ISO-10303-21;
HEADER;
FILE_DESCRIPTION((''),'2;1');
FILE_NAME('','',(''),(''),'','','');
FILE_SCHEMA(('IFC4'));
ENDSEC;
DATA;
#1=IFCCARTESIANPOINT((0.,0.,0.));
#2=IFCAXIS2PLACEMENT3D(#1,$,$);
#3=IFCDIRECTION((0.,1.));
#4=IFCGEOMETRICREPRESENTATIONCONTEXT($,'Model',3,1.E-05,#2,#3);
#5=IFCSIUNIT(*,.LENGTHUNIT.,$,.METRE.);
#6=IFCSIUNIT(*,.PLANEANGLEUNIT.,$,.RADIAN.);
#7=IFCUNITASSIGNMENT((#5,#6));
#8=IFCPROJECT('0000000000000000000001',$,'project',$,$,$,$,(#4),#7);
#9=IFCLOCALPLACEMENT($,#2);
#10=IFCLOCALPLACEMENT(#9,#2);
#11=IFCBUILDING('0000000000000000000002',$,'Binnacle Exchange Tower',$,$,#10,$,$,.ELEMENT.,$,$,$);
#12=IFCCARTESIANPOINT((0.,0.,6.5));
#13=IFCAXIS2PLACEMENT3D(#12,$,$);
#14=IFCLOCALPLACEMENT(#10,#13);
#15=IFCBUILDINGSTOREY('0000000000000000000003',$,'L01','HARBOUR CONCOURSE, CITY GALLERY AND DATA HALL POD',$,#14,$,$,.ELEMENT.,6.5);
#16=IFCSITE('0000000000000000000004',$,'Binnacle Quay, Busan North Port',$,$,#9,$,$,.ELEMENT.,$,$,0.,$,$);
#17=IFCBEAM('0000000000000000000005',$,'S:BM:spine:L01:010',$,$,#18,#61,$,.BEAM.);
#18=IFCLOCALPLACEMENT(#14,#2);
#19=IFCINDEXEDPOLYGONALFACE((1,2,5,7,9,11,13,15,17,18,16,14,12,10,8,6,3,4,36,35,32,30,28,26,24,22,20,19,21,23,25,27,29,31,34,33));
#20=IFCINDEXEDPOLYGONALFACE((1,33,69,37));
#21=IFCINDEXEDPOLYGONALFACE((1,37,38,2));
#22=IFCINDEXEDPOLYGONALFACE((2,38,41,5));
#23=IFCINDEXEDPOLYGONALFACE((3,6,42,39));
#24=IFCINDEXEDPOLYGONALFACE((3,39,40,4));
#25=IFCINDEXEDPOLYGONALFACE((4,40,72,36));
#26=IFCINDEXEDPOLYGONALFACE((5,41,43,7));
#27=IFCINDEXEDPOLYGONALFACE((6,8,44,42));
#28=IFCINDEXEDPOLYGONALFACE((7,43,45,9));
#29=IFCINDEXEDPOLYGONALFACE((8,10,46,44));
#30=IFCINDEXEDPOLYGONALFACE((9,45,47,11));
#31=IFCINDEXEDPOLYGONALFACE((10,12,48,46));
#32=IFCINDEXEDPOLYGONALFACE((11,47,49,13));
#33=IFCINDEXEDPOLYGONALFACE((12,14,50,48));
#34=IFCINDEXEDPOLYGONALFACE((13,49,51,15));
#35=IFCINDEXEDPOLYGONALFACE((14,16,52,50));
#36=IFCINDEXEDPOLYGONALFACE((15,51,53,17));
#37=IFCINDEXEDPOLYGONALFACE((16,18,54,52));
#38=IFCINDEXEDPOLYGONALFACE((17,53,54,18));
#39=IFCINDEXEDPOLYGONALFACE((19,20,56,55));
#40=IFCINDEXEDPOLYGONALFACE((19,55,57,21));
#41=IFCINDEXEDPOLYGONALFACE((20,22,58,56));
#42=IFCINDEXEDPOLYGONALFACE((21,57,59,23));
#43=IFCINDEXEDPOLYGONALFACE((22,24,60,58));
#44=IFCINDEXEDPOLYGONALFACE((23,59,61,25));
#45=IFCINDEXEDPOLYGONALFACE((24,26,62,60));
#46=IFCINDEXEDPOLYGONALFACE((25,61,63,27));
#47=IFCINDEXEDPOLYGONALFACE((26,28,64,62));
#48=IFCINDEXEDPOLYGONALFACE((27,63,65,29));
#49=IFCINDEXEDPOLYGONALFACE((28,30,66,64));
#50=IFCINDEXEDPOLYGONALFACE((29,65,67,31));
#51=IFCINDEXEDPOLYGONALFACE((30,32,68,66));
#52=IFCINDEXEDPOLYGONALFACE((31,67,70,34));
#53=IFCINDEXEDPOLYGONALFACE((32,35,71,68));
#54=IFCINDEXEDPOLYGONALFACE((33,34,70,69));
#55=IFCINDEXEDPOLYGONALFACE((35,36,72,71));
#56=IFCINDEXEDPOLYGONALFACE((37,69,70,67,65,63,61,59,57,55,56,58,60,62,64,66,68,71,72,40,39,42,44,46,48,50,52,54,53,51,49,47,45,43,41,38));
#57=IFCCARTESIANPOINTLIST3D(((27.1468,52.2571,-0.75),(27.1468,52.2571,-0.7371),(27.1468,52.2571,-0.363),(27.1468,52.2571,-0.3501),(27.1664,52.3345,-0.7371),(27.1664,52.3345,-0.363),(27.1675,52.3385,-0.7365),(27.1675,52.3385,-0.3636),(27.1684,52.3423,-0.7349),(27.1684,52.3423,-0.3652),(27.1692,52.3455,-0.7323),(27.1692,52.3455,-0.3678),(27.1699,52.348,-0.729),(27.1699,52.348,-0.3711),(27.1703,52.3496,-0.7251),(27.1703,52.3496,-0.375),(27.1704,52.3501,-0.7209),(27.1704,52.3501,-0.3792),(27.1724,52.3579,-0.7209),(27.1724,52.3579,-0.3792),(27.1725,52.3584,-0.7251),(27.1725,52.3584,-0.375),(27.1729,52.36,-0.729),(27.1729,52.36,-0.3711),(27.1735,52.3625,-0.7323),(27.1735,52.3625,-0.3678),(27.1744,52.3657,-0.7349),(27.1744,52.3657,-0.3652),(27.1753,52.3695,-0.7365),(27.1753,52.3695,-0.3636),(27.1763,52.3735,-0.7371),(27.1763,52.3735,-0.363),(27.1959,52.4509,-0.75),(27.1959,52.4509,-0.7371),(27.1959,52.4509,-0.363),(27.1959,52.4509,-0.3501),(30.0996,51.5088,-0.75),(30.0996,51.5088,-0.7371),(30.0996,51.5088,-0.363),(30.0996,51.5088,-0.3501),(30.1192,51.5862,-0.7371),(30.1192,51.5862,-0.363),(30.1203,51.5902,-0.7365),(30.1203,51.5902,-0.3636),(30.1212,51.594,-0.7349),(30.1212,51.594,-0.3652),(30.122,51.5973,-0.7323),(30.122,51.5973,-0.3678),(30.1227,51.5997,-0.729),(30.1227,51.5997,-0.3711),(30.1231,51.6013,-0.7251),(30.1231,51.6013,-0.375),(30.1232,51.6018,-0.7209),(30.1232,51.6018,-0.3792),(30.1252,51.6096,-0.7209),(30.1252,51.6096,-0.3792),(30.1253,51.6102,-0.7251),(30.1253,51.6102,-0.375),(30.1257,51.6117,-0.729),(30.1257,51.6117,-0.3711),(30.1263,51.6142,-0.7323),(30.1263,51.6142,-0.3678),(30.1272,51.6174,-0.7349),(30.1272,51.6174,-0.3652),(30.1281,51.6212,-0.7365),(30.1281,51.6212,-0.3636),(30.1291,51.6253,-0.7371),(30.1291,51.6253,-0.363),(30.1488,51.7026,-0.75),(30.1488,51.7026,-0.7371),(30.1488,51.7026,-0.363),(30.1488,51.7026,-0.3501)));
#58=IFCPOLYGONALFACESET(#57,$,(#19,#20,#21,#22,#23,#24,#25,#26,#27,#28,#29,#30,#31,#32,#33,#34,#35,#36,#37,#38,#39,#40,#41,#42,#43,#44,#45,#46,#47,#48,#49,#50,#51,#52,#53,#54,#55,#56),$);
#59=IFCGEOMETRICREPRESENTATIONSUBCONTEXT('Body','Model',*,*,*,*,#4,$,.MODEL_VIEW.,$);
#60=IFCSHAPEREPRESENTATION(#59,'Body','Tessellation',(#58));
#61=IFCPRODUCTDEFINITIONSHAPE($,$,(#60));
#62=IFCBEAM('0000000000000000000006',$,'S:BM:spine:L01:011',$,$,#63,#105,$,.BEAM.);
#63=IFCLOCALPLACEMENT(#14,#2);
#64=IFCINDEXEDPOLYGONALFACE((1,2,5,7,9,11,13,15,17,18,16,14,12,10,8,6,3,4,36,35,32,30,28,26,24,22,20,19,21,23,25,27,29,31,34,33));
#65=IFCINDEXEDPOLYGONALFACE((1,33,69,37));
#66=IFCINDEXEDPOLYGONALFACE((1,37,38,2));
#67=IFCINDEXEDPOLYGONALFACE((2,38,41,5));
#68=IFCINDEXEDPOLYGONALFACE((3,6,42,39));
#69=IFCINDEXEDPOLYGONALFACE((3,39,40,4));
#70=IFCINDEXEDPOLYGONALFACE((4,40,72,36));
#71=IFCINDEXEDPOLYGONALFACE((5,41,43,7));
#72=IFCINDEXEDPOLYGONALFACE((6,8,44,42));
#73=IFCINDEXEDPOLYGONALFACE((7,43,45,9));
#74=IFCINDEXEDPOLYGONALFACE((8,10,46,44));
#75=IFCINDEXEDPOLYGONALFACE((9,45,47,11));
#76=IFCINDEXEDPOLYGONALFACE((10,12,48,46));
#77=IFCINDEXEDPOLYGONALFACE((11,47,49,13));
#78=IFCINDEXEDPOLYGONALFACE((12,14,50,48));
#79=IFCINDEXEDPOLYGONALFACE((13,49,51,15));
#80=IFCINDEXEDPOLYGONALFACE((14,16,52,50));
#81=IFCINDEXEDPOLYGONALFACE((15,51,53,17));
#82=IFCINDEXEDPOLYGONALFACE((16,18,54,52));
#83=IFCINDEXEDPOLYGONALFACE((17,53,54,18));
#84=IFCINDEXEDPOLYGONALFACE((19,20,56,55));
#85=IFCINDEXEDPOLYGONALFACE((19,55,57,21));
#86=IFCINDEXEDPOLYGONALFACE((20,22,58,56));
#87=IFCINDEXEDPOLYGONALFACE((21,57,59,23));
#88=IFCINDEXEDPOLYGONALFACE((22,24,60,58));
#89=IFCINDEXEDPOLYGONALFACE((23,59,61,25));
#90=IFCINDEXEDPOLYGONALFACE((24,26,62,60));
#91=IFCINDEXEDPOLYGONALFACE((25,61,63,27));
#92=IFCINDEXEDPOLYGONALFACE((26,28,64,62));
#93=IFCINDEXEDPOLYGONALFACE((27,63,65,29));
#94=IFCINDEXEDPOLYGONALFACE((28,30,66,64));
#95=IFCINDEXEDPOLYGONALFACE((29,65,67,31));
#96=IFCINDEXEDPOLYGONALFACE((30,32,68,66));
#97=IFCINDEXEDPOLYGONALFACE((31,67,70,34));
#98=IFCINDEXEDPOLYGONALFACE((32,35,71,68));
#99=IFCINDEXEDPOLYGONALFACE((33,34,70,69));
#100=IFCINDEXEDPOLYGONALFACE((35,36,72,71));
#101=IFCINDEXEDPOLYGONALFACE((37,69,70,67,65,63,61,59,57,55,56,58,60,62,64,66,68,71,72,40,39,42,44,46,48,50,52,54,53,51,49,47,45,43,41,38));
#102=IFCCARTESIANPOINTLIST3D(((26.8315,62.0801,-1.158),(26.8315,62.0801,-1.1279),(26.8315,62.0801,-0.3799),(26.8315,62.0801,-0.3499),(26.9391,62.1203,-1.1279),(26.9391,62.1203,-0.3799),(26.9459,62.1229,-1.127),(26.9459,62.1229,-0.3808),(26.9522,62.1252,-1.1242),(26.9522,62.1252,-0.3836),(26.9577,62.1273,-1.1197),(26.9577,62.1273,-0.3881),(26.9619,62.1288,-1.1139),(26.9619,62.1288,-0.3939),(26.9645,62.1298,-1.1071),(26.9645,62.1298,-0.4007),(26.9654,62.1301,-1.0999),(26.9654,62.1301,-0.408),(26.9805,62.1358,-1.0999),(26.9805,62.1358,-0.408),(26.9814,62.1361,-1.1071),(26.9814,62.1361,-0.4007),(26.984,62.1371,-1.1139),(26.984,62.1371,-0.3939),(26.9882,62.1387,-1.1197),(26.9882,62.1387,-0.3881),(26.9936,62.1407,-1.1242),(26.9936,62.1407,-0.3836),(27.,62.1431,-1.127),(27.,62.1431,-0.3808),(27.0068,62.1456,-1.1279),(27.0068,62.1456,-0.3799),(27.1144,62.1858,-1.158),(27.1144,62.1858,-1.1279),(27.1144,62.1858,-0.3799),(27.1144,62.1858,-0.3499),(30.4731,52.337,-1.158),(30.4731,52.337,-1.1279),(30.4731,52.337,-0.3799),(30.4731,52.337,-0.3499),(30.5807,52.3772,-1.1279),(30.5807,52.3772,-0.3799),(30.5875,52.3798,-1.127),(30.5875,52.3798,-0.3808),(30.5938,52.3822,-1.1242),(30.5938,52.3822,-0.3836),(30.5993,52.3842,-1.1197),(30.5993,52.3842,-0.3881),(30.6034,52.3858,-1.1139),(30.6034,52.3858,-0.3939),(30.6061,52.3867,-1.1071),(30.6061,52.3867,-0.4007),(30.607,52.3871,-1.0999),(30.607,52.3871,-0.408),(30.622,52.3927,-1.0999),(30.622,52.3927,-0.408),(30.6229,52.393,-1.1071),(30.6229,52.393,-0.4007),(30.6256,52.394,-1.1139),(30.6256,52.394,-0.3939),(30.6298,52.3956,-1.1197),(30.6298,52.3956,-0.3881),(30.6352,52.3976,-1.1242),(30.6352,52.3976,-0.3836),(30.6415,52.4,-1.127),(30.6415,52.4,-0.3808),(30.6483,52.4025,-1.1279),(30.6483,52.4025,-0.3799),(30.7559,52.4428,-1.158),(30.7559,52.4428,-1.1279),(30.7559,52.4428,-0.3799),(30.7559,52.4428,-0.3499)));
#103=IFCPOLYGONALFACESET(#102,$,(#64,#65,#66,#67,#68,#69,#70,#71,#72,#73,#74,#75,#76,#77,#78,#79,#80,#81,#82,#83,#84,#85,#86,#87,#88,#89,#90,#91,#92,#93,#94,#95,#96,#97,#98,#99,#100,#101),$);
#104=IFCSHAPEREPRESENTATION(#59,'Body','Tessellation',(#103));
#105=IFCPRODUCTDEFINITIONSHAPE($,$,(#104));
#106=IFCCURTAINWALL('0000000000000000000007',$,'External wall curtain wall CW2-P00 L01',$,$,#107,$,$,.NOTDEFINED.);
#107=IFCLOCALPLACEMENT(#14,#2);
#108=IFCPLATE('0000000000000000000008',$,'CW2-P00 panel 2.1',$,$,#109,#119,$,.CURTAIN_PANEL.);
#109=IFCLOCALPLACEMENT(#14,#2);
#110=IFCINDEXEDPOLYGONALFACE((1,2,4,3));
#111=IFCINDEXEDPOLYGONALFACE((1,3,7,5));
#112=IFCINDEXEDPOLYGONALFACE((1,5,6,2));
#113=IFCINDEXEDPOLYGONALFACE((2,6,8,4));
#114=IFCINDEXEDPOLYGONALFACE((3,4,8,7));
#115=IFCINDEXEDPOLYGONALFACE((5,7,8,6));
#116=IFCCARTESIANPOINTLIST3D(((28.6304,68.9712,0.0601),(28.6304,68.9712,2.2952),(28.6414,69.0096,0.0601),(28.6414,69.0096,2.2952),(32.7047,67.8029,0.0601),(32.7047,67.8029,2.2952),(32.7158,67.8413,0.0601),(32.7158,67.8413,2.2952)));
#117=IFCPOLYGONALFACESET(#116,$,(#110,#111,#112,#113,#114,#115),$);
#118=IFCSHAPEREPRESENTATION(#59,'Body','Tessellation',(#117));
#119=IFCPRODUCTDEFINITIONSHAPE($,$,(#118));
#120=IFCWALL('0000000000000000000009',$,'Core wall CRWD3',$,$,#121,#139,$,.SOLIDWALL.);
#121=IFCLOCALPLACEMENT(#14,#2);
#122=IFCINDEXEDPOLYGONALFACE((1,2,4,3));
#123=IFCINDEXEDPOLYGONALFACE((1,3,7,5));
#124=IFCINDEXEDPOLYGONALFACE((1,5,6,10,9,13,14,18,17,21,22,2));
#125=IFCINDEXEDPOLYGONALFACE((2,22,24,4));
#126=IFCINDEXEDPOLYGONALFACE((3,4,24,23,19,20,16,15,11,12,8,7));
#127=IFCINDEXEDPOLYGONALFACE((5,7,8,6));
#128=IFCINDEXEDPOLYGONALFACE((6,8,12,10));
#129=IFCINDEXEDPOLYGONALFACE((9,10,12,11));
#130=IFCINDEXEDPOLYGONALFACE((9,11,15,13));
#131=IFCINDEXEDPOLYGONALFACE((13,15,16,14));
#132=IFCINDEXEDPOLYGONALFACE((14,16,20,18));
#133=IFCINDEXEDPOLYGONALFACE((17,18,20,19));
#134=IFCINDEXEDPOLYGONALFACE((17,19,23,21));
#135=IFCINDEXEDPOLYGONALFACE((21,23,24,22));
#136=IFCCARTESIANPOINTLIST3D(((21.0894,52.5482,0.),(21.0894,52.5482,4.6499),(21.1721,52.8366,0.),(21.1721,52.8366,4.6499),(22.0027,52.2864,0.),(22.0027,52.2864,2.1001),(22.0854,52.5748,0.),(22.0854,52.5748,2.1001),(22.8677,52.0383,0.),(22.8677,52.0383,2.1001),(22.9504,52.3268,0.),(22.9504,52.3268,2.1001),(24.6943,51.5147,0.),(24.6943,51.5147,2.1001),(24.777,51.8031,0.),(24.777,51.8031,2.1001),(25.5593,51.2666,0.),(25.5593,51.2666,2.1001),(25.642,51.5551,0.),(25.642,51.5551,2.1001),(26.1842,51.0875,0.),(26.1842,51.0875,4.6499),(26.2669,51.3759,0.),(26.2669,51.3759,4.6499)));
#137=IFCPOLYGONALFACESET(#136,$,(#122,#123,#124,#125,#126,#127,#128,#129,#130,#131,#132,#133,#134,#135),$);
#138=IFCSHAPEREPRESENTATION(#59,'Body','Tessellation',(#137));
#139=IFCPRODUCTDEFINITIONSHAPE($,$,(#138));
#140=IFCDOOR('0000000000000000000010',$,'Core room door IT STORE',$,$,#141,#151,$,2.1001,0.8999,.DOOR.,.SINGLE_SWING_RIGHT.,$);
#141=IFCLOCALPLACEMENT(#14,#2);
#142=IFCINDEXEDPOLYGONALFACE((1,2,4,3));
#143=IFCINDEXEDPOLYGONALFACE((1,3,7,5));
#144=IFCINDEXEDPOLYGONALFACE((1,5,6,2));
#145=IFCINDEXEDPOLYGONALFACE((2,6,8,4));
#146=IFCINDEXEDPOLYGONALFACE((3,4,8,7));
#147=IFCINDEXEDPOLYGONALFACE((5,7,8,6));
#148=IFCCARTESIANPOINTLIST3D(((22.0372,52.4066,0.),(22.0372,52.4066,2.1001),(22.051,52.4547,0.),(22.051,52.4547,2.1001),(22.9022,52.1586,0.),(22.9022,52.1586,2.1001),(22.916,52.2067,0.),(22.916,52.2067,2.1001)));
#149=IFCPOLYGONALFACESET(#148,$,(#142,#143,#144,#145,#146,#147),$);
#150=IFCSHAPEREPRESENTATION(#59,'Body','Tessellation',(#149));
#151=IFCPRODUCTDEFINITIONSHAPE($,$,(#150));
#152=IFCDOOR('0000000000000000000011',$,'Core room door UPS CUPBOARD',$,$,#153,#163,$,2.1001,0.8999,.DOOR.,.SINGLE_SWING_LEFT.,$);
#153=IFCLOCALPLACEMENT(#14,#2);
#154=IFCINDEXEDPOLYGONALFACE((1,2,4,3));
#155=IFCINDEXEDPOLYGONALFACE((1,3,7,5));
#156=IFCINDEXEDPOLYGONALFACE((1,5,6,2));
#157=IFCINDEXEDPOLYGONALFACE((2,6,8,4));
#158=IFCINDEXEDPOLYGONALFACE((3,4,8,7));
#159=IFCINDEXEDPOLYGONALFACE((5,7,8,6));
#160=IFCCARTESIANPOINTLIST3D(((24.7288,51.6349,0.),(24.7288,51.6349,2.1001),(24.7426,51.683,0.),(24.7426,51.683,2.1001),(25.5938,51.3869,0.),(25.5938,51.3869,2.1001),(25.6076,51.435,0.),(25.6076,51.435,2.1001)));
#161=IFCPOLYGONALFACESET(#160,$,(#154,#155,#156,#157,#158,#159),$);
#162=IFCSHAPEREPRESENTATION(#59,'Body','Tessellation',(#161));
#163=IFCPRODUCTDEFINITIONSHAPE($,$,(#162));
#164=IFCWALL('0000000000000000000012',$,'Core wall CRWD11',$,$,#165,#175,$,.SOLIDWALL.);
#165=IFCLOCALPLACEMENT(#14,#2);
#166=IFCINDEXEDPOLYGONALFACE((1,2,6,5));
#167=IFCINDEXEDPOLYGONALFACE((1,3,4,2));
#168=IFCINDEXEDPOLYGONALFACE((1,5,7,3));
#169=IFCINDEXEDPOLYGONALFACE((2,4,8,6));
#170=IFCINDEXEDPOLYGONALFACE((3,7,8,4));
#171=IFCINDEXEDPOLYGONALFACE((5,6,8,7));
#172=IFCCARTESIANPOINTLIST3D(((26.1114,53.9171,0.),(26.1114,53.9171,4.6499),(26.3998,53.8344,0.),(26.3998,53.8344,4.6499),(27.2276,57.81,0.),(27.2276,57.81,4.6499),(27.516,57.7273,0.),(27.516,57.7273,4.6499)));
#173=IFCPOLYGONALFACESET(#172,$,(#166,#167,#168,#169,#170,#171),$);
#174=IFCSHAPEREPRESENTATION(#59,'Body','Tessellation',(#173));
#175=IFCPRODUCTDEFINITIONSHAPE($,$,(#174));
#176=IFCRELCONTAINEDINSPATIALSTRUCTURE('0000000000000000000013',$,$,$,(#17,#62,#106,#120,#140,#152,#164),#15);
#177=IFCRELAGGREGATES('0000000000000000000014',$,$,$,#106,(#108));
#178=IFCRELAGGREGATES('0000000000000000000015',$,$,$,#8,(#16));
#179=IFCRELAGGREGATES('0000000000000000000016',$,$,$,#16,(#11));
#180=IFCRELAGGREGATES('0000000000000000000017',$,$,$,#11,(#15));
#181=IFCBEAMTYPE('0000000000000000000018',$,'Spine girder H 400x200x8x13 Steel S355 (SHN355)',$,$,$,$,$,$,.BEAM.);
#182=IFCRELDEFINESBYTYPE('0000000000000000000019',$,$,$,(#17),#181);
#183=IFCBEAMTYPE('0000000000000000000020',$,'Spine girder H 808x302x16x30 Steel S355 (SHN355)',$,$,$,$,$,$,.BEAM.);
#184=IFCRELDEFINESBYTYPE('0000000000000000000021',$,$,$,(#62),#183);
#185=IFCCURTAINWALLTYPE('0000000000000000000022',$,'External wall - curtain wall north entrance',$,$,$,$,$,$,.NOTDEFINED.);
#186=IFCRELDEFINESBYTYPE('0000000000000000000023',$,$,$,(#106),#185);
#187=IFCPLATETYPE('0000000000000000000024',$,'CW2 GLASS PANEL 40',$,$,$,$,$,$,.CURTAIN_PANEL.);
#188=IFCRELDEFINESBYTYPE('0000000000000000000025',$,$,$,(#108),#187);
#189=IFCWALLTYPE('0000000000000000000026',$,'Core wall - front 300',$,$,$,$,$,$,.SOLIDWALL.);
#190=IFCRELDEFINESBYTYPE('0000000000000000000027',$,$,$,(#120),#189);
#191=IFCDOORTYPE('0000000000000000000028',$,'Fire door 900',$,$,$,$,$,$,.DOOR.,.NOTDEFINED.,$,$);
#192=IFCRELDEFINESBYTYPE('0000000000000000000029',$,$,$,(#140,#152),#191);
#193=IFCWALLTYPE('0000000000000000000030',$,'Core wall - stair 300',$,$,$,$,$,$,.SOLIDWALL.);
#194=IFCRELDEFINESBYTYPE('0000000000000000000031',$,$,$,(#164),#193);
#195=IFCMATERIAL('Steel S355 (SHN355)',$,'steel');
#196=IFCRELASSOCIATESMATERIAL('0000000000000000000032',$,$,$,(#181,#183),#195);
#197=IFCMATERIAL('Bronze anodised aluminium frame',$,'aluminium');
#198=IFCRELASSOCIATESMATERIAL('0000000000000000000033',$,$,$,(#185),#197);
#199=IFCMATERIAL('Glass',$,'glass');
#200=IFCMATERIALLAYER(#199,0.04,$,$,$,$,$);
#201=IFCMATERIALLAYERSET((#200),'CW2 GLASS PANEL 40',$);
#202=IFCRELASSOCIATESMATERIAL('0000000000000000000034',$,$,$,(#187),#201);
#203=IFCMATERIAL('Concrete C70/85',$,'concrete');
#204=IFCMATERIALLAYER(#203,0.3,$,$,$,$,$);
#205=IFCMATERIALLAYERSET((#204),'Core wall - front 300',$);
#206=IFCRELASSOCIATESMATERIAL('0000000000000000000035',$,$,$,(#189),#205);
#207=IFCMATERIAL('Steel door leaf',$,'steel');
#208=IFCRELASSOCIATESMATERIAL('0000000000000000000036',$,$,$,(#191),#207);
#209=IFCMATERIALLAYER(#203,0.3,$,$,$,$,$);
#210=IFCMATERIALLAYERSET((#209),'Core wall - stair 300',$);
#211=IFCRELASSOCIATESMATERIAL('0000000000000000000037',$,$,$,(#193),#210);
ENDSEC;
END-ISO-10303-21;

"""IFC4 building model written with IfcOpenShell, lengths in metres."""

from ifc_helpers import new_model, si_unit, direction, frame, frame_2d, origin, origin_2d, place, context, subcontext, project, spatial, rectangle, i_section, extrude, material, layer, layer_set, material_profile, profile_set, type_object, element, fill, aggregate, save


model = new_model("IFC4")

# Units and contexts
model_context = context("Model", 3, precision=1e-05, world=origin(), true_north=direction((0.0, 1.0)))
body_context = subcontext(model_context, "Body", "Model", "MODEL_VIEW")
ifc_project = project(units=[si_unit("LENGTHUNIT", "METRE"), si_unit("PLANEANGLEUNIT", "RADIAN")], contexts=[model_context])

# Site, building, storey
site_placement = place(None, origin())
site = spatial("IfcSite", under=ifc_project, at=site_placement, Name="Binnacle Quay, Busan North Port", CompositionType="ELEMENT", RefElevation=0.0)
building_placement = place(site_placement, origin())
building = spatial("IfcBuilding", under=site, at=building_placement, Name="Binnacle Exchange Tower", CompositionType="ELEMENT")
storey_placement = place(building_placement, frame((0.0, 0.0, 6.5)))
storey = spatial("IfcBuildingStorey", under=building, at=storey_placement, Name="L01", Description="HARBOUR CONCOURSE, CITY GALLERY AND DATA HALL POD", CompositionType="ELEMENT", Elevation=6.5)

# Shared definitions
ifc_material_1 = material(Name="Concrete C70/85", Category="concrete")

# Beams
ifc_material_2 = material(Name="Steel S355 (SHN355)", Category="steel")
ifc_material_profile_1 = material_profile(ifc_material_2, i_section(OverallWidth=0.2, OverallDepth=0.3999, WebThickness=0.0081, FlangeThickness=0.0129, FilletRadius=0.0161, at=origin_2d()), Name="H 400x200x8x13")
ifc_profile_set_1 = profile_set([ifc_material_profile_1], Name="Steel S355 (SHN355)")
beam_type_1 = type_object("IfcBeamType", Name="Spine girder H 400x200x8x13 Steel S355 (SHN355)", PredefinedType="BEAM", material=ifc_profile_set_1)
beam_1_placement = place(storey_placement, frame((27.1714, 52.354, -0.55), z_axis=(0.96936, -0.245646, 0.0), x_axis=(0.245646, 0.96936, 0.0)))
element("IfcBeam", 1, at=beam_1_placement, inside=storey, type_object=beam_type_1, Name="S:BM:spine:L01:010", PredefinedType="BEAM", context=body_context, shape_type="SweptSolid", body=[
    extrude(i_section(OverallWidth=0.2, OverallDepth=0.3999, WebThickness=0.0081, FlangeThickness=0.0129, FilletRadius=0.0161, at=origin_2d()), origin(), (0.0, 0.0, 1.0), 3.0461),
])
ifc_material_profile_2 = material_profile(ifc_material_2, i_section(OverallWidth=0.302, OverallDepth=0.8081, WebThickness=0.0161, FlangeThickness=0.03, FilletRadius=0.0281, at=origin_2d()), Name="H 808x302x16x30")
ifc_profile_set_2 = profile_set([ifc_material_profile_2], Name="Steel S355 (SHN355)")
beam_type_2 = type_object("IfcBeamType", Name="Spine girder H 808x302x16x30 Steel S355 (SHN355)", PredefinedType="BEAM", material=ifc_profile_set_2)
beam_2_placement = place(storey_placement, frame((30.6145, 52.3899, -0.7539), z_axis=(-0.350105, 0.936711, 0.0), x_axis=(-0.936711, -0.350105, 0.0)))
element("IfcBeam", 2, at=beam_2_placement, inside=storey, type_object=beam_type_2, Name="S:BM:spine:L01:011", PredefinedType="BEAM", context=body_context, shape_type="SweptSolid", body=[
    extrude(i_section(OverallWidth=0.302, OverallDepth=0.8081, WebThickness=0.0161, FlangeThickness=0.03, FilletRadius=0.0281, at=origin_2d()), origin(), (0.0, 0.0, 1.0), 10.4014),
])

# Curtain wall, plate
ifc_material_3 = material(Name="Bronze anodised aluminium frame", Category="aluminium")
curtain_wall_type = type_object("IfcCurtainWallType", Name="External wall - curtain wall north entrance", PredefinedType="NOTDEFINED", material=ifc_material_3)
curtain_wall_placement = place(storey_placement, origin())
curtain_wall = element("IfcCurtainWall", 3, at=curtain_wall_placement, inside=storey, type_object=curtain_wall_type, Name="External wall curtain wall CW2-P00 L01", PredefinedType="NOTDEFINED")
ifc_material_4 = material(Name="Glass", Category="glass")
ifc_layer_1 = layer(ifc_material_4, 0.04)
ifc_layer_set_1 = layer_set([ifc_layer_1], Name="CW2 GLASS PANEL 40")
plate_type = type_object("IfcPlateType", Name="CW2 GLASS PANEL 40", PredefinedType="CURTAIN_PANEL", material=ifc_layer_set_1)
plate_placement = place(storey_placement, frame((30.6731, 68.4062, 0.0601), z_axis=(0.0, 0.0, 1.0), x_axis=(-0.961262, 0.275637, 0.0)))
plate = element("IfcPlate", 4, at=plate_placement, type_object=plate_type, Name="CW2-P00 panel 2.1", PredefinedType="CURTAIN_PANEL", context=body_context, shape_type="SweptSolid", body=[
    extrude(rectangle(XDim=4.2385, YDim=0.04, at=origin_2d()), origin(), (0.0, 0.0, 1.0), 2.2351),
])
aggregate(curtain_wall, [plate])

# Wall, openings, doors
ifc_layer_2 = layer(ifc_material_1, 0.3)
ifc_layer_set_2 = layer_set([ifc_layer_2], Name="Core wall - front 300")
wall_type_1 = type_object("IfcWallType", Name="Core wall - front 300", PredefinedType="SOLIDWALL", material=ifc_layer_set_2)
wall_1_placement = place(storey_placement, frame((21.1309, 52.6924, 0.0), z_axis=(0.0, 0.0, 1.0), x_axis=(0.961271, -0.275603, 0.0)))
wall_1 = element("IfcWall", 5, at=wall_1_placement, inside=storey, type_object=wall_type_1, Name="Core wall CRWD3", PredefinedType="SOLIDWALL", context=body_context, shape_type="SweptSolid", body=[
    extrude(rectangle(XDim=5.3, YDim=0.3, at=frame_2d((2.6499, 0.0))), origin(), (0.0, 0.0, 1.0), 4.6499),
])
opening_1_placement = place(wall_1_placement, frame((0.95, 0.0, 0.0)))
opening_1 = element("IfcOpeningElement", 6, at=opening_1_placement, cuts=wall_1, PredefinedType="OPENING", context=body_context, shape_type="SweptSolid", body=[
    extrude(rectangle(XDim=0.8999, YDim=2.1001, at=frame_2d((0.45, 1.05))), frame((0.0, 0.1599, 0.0), z_axis=(0.0, -1.0, 0.0), x_axis=(1.0, 0.0, 0.0)), (0.0, 0.0, 1.0), 0.3201),
])
opening_2_placement = place(wall_1_placement, frame((3.75, 0.0, 0.0)))
opening_2 = element("IfcOpeningElement", 7, at=opening_2_placement, cuts=wall_1, PredefinedType="OPENING", context=body_context, shape_type="SweptSolid", body=[
    extrude(rectangle(XDim=0.8999, YDim=2.1001, at=frame_2d((0.45, 1.05))), frame((0.0, 0.1599, 0.0), z_axis=(0.0, -1.0, 0.0), x_axis=(1.0, 0.0, 0.0)), (0.0, 0.0, 1.0), 0.3201),
])
ifc_material_5 = material(Name="Steel door leaf", Category="steel")
door_type_1 = type_object("IfcDoorType", Name="Fire door 900", OperationType="NOTDEFINED", PredefinedType="DOOR", material=ifc_material_5)
door_1_placement = place(opening_1_placement, frame((0.8999, 0.0, 0.0), z_axis=(0.0, 0.0, 1.0), x_axis=(-1.0, 0.0, 0.0)))
door_1 = element("IfcDoor", 8, at=door_1_placement, inside=storey, type_object=door_type_1, Name="Core room door IT STORE", OperationType="SINGLE_SWING_RIGHT", OverallHeight=2.1001, OverallWidth=0.8999, PredefinedType="DOOR", context=body_context, shape_type="SweptSolid", body=[
    extrude(rectangle(XDim=0.8999, YDim=2.1001, at=frame_2d((0.45, 1.05))), frame((0.0, 0.0249, 0.0), z_axis=(0.0, -1.0, 0.0), x_axis=(1.0, 0.0, 0.0)), (0.0, 0.0, 1.0), 0.05),
])
fill(opening_1, door_1)
door_2_placement = place(opening_2_placement, frame((0.8999, 0.0, 0.0), z_axis=(0.0, 0.0, 1.0), x_axis=(-1.0, 0.0, 0.0)))
door_2 = element("IfcDoor", 9, at=door_2_placement, inside=storey, type_object=door_type_1, Name="Core room door UPS CUPBOARD", OperationType="SINGLE_SWING_LEFT", OverallHeight=2.1001, OverallWidth=0.8999, PredefinedType="DOOR", context=body_context, shape_type="SweptSolid", body=[
    extrude(rectangle(XDim=0.8999, YDim=2.1001, at=frame_2d((0.45, 1.05))), frame((0.0, 0.0249, 0.0), z_axis=(0.0, -1.0, 0.0), x_axis=(1.0, 0.0, 0.0)), (0.0, 0.0, 1.0), 0.05),
])
fill(opening_2, door_2)

# Wall
ifc_layer_3 = layer(ifc_material_1, 0.3)
ifc_layer_set_3 = layer_set([ifc_layer_3], Name="Core wall - stair 300")
wall_type_2 = type_object("IfcWallType", Name="Core wall - stair 300", PredefinedType="SOLIDWALL", material=ifc_layer_set_3)
wall_2_placement = place(storey_placement, frame((26.2556, 53.8757, 0.0), z_axis=(0.0, 0.0, 1.0), x_axis=(0.275613, 0.961269, 0.0)))
element("IfcWall", 10, at=wall_2_placement, inside=storey, type_object=wall_type_2, Name="Core wall CRWD11", PredefinedType="SOLIDWALL", context=body_context, shape_type="SweptSolid", body=[
    extrude(rectangle(XDim=4.0498, YDim=0.3, at=frame_2d((2.0249, 0.0))), origin(), (0.0, 0.0, 1.0), 4.6499),
])

save(model, "model.ifc")
